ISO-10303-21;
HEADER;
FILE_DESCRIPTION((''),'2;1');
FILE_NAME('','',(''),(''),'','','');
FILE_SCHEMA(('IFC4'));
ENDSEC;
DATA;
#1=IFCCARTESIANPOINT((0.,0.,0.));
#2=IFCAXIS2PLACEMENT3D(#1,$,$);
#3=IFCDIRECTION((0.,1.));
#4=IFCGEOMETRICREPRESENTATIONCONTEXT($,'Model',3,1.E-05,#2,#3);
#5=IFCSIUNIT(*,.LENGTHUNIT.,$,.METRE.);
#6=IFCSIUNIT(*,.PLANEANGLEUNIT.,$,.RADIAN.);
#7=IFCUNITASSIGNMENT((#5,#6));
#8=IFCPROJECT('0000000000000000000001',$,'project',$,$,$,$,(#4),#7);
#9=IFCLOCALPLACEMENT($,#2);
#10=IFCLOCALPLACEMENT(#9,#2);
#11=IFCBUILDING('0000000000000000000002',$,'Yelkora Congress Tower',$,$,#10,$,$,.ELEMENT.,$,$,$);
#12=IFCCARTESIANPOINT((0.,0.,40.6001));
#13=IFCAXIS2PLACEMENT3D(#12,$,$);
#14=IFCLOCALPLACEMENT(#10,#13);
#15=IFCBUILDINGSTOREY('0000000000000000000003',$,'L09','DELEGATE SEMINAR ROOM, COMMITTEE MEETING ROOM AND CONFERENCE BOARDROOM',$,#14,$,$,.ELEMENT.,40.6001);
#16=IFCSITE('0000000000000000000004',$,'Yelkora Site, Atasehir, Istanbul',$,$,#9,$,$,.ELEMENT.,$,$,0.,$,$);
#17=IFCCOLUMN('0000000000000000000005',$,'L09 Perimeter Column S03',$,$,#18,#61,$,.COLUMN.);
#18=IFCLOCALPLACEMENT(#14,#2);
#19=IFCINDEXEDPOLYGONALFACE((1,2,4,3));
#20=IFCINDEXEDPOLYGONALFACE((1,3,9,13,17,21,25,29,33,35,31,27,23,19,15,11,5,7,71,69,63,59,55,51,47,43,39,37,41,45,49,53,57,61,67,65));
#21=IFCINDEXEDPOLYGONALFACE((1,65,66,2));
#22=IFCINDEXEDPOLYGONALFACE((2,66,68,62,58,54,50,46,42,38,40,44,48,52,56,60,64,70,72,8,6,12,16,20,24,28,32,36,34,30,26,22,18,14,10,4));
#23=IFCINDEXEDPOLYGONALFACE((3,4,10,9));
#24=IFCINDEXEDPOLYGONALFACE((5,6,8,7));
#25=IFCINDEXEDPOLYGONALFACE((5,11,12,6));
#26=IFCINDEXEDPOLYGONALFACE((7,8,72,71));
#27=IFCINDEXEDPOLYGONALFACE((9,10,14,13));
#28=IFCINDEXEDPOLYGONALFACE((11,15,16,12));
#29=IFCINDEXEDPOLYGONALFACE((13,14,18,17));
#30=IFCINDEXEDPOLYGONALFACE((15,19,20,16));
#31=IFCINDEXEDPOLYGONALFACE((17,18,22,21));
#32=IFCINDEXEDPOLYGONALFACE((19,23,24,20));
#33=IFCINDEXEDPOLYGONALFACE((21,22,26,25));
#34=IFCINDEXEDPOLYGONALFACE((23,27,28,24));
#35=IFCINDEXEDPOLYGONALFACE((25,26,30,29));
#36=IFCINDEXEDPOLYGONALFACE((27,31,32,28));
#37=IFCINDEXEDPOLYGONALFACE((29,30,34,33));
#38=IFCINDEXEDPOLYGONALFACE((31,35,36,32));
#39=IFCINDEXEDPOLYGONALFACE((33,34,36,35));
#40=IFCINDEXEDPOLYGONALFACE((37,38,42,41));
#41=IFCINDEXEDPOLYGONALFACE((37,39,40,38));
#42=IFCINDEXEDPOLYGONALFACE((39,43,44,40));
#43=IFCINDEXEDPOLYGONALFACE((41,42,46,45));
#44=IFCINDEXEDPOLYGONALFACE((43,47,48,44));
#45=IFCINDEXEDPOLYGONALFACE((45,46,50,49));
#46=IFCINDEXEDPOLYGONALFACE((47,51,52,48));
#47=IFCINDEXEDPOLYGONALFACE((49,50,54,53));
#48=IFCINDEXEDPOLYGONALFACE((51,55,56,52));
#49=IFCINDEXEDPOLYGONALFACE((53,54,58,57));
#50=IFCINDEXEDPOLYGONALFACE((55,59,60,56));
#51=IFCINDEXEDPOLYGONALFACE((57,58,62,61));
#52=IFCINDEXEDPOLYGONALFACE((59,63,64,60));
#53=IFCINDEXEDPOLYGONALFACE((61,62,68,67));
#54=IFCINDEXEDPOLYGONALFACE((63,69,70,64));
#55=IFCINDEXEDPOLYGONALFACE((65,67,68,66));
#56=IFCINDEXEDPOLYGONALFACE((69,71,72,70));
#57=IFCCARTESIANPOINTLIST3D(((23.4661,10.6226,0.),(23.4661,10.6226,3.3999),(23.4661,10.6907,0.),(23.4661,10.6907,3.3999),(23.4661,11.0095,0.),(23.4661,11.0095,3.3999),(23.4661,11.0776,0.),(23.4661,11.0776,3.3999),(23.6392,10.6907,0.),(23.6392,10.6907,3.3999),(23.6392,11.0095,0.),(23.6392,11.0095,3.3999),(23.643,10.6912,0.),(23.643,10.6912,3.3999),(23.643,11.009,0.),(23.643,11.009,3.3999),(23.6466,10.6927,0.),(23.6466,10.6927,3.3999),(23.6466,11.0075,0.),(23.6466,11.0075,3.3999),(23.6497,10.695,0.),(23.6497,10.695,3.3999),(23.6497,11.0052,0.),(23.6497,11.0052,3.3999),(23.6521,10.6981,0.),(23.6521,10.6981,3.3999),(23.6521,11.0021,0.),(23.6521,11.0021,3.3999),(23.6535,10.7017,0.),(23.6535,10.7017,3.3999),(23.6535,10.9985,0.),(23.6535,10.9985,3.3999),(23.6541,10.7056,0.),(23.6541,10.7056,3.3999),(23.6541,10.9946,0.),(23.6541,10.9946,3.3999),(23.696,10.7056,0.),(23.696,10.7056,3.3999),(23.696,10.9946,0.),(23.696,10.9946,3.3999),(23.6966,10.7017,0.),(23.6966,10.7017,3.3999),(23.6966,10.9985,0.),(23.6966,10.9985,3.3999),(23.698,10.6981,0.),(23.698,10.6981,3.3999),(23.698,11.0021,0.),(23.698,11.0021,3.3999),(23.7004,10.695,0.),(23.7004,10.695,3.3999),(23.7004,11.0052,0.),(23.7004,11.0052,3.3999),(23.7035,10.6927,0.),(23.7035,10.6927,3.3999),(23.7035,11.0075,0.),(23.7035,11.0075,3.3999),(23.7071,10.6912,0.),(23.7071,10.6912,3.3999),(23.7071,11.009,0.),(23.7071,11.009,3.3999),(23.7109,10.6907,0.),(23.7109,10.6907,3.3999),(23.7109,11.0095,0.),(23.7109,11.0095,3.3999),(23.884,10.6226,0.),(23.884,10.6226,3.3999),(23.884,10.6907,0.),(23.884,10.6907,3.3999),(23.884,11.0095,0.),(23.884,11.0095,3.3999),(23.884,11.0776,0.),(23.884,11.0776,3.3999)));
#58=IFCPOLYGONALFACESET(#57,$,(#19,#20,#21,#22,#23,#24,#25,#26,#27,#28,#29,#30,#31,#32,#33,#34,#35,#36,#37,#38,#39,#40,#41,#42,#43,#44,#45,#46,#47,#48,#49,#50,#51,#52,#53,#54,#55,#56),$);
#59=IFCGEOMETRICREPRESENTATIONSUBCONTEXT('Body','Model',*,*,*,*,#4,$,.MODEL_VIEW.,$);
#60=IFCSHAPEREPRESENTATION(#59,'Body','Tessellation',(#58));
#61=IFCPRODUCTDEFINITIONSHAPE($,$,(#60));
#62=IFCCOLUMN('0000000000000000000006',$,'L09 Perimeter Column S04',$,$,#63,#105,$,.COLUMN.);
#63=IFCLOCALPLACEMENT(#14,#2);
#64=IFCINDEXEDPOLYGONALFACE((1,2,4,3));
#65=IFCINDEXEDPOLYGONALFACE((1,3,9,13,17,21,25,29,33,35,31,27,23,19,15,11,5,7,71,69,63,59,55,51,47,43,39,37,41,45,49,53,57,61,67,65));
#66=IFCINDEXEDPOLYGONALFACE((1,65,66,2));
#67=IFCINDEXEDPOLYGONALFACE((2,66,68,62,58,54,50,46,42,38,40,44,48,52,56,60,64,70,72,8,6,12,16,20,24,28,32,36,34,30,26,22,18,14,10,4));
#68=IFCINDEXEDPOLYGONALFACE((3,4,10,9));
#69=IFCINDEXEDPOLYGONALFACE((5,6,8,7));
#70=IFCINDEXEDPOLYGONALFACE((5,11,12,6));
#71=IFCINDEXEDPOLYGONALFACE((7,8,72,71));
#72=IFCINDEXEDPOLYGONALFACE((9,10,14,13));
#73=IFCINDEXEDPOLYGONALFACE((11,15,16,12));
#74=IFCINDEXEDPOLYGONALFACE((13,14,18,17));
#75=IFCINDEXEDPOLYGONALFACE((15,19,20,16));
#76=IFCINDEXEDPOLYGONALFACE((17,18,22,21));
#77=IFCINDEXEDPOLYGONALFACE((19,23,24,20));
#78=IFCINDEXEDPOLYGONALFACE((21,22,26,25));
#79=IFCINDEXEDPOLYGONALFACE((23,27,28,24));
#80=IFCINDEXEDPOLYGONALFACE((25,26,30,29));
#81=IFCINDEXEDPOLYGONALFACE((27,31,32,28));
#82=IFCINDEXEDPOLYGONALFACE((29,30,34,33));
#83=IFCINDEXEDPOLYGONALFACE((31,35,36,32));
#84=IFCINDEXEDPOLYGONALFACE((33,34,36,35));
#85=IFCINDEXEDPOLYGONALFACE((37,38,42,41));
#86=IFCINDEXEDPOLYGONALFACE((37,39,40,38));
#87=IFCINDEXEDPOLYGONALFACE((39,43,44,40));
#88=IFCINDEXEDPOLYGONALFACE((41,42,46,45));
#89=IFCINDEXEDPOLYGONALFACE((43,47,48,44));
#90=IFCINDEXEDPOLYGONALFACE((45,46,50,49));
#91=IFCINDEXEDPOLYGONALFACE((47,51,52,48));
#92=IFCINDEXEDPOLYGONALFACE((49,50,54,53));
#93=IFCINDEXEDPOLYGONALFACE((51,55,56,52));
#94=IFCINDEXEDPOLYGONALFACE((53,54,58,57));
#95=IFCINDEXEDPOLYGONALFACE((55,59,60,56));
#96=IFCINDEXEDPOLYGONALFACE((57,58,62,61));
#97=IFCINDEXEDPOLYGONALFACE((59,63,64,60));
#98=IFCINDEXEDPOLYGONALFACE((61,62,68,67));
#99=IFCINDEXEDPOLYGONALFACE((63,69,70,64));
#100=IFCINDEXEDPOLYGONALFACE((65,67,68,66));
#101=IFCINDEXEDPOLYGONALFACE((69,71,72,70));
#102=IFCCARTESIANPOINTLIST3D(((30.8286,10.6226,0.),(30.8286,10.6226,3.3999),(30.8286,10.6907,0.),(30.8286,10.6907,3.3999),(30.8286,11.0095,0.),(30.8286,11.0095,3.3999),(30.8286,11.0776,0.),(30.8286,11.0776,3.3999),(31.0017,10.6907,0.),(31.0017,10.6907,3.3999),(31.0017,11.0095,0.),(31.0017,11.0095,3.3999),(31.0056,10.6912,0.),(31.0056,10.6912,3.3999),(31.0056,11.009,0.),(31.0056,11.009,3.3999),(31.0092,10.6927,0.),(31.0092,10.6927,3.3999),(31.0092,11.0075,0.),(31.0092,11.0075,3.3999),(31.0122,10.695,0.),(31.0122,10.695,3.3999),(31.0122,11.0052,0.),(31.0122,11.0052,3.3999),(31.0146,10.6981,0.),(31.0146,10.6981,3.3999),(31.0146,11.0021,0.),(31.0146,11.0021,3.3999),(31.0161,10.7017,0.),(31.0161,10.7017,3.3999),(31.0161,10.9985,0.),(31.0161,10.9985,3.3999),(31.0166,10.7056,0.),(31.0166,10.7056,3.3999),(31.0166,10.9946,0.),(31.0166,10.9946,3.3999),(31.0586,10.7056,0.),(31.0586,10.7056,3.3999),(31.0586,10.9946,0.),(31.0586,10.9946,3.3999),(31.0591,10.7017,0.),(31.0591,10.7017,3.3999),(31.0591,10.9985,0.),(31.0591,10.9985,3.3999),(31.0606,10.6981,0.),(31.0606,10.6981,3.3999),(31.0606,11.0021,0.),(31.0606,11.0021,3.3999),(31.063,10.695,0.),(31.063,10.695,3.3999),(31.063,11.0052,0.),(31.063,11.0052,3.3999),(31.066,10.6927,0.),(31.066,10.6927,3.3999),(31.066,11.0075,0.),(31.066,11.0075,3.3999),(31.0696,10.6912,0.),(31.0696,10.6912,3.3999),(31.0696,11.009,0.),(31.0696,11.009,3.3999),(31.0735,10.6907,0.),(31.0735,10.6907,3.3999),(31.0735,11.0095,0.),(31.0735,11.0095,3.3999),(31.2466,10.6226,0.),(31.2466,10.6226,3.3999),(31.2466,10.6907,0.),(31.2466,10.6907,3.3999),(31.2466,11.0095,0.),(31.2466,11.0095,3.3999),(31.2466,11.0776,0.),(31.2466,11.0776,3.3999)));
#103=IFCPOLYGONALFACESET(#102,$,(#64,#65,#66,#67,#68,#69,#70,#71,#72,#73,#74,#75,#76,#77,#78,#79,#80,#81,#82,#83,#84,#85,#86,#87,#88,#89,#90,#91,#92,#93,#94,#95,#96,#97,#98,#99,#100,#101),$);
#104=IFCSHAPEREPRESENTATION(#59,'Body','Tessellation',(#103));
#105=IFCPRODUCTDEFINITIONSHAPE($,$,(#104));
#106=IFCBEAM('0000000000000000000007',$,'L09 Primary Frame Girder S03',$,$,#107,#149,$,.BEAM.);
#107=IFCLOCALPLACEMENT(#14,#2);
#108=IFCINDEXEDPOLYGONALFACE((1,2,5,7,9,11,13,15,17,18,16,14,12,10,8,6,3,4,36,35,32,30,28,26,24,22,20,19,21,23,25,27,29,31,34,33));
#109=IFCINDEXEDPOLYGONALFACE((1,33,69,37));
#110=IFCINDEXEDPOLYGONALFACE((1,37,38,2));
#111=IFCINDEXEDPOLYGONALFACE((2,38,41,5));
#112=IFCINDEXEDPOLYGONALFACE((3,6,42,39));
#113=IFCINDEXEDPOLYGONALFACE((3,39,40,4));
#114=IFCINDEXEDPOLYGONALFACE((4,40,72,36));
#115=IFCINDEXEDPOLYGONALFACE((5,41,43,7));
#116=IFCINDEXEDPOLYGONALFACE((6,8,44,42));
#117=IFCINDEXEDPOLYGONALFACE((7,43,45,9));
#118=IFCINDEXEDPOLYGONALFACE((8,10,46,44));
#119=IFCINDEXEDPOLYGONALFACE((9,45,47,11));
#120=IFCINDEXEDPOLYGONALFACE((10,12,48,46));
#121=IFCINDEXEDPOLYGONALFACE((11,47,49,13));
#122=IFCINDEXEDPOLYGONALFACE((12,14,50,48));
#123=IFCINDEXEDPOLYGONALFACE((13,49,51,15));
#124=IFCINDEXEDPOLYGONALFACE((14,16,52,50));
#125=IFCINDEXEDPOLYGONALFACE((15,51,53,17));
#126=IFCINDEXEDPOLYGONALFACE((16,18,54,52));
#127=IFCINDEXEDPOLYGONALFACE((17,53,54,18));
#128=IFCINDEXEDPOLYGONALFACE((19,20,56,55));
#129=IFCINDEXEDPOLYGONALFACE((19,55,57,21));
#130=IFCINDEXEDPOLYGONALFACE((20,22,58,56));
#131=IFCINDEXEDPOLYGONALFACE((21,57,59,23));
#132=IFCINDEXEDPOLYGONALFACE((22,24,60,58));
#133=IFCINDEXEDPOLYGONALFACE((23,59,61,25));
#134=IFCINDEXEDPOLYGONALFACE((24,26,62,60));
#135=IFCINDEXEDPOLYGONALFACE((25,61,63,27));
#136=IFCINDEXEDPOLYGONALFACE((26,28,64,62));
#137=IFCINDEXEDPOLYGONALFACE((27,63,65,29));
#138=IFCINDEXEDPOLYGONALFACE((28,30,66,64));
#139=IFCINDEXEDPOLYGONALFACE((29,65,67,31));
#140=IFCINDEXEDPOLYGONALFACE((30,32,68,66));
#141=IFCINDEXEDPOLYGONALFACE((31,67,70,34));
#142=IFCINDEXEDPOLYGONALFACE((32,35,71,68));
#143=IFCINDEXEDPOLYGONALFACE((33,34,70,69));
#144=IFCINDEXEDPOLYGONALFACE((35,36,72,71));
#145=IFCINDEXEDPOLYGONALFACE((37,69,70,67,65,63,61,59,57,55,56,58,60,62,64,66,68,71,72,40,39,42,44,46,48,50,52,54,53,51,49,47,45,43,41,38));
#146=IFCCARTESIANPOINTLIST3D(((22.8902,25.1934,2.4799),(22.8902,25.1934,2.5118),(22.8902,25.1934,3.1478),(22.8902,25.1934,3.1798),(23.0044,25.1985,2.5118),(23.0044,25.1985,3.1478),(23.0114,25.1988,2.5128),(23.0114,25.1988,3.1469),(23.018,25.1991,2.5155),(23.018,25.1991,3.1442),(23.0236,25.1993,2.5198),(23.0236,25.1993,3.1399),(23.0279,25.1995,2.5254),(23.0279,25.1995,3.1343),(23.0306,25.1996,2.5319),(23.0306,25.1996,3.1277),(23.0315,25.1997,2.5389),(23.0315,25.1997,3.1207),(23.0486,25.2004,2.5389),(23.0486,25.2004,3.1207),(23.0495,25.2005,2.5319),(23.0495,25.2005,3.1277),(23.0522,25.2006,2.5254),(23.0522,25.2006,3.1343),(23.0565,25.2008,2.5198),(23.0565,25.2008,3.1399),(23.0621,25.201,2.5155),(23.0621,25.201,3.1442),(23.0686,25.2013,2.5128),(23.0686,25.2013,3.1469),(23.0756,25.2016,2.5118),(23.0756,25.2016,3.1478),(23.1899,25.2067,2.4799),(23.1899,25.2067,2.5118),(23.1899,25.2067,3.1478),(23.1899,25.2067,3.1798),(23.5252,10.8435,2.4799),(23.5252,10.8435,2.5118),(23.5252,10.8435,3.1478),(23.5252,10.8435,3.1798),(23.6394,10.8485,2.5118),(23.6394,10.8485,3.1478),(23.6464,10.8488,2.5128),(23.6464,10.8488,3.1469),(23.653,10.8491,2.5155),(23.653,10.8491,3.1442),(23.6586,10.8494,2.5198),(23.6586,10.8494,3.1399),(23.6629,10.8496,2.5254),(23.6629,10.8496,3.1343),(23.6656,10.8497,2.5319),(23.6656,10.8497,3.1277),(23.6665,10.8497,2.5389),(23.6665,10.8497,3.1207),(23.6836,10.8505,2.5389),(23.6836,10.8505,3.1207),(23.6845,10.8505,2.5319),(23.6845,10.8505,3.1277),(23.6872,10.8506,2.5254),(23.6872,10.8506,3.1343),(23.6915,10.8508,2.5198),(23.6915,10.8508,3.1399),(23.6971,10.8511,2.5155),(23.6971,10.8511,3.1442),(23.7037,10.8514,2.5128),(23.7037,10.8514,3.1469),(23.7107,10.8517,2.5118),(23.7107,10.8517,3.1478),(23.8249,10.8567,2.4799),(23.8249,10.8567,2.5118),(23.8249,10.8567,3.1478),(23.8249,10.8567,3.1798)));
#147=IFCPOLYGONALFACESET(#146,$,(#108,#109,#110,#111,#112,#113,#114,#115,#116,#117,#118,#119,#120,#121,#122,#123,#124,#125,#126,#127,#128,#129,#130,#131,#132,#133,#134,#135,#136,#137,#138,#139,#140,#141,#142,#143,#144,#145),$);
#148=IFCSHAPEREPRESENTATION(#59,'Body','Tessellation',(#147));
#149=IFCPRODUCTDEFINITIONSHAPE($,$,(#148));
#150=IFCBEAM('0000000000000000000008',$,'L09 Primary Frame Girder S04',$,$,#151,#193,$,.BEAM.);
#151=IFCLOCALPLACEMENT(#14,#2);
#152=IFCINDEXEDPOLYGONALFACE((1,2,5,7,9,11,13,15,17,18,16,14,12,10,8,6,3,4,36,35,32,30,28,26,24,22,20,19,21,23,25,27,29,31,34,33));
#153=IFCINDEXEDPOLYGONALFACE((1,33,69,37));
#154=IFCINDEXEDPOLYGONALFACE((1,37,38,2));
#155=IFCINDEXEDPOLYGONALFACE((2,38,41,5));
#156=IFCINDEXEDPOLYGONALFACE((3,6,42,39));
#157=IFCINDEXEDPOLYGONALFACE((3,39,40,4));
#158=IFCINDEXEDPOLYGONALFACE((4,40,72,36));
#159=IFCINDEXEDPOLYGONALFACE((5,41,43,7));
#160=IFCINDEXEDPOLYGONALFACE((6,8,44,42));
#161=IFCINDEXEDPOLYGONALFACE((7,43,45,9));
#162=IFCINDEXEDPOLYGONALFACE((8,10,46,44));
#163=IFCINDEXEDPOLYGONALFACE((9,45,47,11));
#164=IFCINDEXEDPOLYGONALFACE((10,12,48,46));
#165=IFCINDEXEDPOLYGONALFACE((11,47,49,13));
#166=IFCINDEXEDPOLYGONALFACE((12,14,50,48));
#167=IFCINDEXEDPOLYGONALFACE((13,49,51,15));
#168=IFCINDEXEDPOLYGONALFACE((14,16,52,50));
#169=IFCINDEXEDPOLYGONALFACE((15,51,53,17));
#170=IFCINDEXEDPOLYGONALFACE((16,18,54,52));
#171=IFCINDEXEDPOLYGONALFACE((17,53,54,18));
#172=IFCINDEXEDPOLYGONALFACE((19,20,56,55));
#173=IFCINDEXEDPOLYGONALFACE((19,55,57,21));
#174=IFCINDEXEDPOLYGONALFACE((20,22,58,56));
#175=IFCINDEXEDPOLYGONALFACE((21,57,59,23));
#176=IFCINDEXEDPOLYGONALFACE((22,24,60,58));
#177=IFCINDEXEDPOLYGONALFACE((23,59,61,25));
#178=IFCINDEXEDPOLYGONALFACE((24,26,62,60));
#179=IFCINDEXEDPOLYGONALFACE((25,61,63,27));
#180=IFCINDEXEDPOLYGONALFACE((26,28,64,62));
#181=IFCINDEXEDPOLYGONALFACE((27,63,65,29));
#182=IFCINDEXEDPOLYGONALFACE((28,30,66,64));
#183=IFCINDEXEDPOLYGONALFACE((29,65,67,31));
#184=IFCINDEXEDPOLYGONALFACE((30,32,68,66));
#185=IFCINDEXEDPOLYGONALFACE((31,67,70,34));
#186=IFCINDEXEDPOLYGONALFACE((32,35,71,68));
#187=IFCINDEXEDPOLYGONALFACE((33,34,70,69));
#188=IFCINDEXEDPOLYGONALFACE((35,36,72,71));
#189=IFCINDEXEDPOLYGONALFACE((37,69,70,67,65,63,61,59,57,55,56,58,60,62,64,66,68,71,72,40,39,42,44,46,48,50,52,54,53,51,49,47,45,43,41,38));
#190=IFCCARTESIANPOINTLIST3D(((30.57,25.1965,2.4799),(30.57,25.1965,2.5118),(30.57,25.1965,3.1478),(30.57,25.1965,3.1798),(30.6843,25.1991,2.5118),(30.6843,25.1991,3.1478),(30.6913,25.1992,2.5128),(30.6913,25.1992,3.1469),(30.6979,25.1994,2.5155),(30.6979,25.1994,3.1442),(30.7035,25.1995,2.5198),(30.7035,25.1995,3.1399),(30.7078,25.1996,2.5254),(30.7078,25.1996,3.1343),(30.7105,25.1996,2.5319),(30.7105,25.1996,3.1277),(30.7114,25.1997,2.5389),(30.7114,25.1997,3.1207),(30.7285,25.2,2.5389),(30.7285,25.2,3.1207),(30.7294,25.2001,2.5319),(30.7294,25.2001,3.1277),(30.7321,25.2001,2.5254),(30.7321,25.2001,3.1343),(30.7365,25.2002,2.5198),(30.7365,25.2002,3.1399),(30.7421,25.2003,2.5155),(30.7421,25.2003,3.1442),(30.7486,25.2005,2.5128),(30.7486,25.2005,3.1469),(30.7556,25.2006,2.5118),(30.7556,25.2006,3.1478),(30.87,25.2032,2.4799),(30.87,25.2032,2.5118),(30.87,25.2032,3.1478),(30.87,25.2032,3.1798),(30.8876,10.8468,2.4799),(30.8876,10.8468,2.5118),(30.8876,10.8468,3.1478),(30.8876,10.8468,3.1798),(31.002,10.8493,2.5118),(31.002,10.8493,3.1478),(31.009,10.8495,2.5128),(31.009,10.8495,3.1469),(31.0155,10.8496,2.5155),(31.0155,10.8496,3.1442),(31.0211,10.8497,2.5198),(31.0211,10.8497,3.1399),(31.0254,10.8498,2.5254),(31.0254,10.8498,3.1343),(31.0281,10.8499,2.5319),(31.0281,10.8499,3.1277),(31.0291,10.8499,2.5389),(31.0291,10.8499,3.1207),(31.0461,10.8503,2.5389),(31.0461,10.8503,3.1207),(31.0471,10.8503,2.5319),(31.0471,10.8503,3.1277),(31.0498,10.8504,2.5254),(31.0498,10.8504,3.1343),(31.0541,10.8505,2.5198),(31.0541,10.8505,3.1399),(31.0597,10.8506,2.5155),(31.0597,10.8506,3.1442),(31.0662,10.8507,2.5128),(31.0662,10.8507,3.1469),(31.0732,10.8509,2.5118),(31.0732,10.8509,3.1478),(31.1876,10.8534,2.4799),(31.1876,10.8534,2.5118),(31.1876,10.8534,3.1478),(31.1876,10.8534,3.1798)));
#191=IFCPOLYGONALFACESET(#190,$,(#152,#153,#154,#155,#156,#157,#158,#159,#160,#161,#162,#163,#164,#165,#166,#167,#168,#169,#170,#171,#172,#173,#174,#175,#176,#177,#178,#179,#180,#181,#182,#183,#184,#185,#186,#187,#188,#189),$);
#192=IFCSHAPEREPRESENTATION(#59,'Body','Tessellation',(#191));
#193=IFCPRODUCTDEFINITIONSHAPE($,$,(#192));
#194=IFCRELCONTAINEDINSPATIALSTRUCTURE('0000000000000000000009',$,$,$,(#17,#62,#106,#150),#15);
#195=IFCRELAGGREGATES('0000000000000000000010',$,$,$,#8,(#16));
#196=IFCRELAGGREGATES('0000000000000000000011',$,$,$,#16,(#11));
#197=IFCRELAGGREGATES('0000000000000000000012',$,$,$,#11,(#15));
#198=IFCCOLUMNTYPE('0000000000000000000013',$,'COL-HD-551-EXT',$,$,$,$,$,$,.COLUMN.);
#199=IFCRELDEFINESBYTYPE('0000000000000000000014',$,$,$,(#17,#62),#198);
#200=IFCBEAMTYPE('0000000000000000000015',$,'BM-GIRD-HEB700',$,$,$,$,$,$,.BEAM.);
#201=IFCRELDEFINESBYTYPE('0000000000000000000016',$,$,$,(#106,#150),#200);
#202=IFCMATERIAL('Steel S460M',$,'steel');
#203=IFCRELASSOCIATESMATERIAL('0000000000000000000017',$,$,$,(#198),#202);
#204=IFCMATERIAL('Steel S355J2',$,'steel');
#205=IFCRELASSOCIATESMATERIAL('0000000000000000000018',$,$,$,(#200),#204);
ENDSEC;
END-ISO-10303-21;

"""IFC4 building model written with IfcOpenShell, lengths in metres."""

from ifc_helpers import new_model, si_unit, direction, frame, origin, origin_2d, place, context, subcontext, project, spatial, i_section, extrude, material, material_profile, profile_set, type_object, element, save


model = new_model("IFC4")

# Units and contexts
model_context = context("Model", 3, precision=1e-05, world=origin(), true_north=direction((0.0, 1.0)))
body_context = subcontext(model_context, "Body", "Model", "MODEL_VIEW")
ifc_project = project(units=[si_unit("LENGTHUNIT", "METRE"), si_unit("PLANEANGLEUNIT", "RADIAN")], contexts=[model_context])

# Site, building, storey
site_placement = place(None, origin())
site = spatial("IfcSite", under=ifc_project, at=site_placement, Name="Yelkora Site, Atasehir, Istanbul", CompositionType="ELEMENT", RefElevation=0.0)
building_placement = place(site_placement, origin())
building = spatial("IfcBuilding", under=site, at=building_placement, Name="Yelkora Congress Tower", CompositionType="ELEMENT")
storey_placement = place(building_placement, frame((0.0, 0.0, 40.6001)))
storey = spatial("IfcBuildingStorey", under=building, at=storey_placement, Name="L09", Description="DELEGATE SEMINAR ROOM, COMMITTEE MEETING ROOM AND CONFERENCE BOARDROOM", CompositionType="ELEMENT", Elevation=40.6001)

# Columns
ifc_material_1 = material(Name="Steel S460M", Category="steel")
ifc_material_profile_1 = material_profile(ifc_material_1, i_section(OverallWidth=0.418, OverallDepth=0.4551, WebThickness=0.042, FlangeThickness=0.0681, FilletRadius=0.0149, at=origin_2d()), Name="HD 400x551")
ifc_profile_set_1 = profile_set([ifc_material_profile_1], Name="Steel S460M")
column_type = type_object("IfcColumnType", Name="COL-HD-551-EXT", PredefinedType="COLUMN", material=ifc_profile_set_1)
for number, where, z_axis, x_axis, name in (
    (1, (23.675, 10.8501, 0.0), (0.0, 0.0, 1.0), (1.0, 0.0, 0.0), "L09 Perimeter Column S03"),
    (2, (31.0376, 10.8501, 0.0), (0.0, 0.0, 1.0), (1.0, 0.0, 0.0), "L09 Perimeter Column S04"),
):
    element("IfcColumn", number, at=place(storey_placement, frame(where, z_axis=z_axis, x_axis=x_axis)), inside=storey, type_object=column_type, Name=name, PredefinedType="COLUMN", context=body_context, shape_type="SweptSolid", body=[
        extrude(i_section(OverallWidth=0.418, OverallDepth=0.4551, WebThickness=0.042, FlangeThickness=0.0681, FilletRadius=0.0149, at=origin_2d()), origin(), (0.0, 0.0, 1.0), 3.3999),
    ])

# Beams
ifc_material_2 = material(Name="Steel S355J2", Category="steel")
ifc_material_profile_2 = material_profile(ifc_material_2, i_section(OverallWidth=0.3, OverallDepth=0.7, WebThickness=0.0171, FlangeThickness=0.032, FilletRadius=0.0271, at=origin_2d()), Name="HEB 700")
ifc_profile_set_2 = profile_set([ifc_material_profile_2], Name="Steel S355J2")
beam_type_1 = type_object("IfcBeamType", Name="BM-GIRD-HEB700", PredefinedType="BEAM", material=ifc_profile_set_2)
beam_1_placement = place(storey_placement, frame((23.675, 10.8501, 2.8298), z_axis=(-0.044209, 0.999022, 0.0), x_axis=(-0.999022, -0.044209, 0.0)))
element("IfcBeam", 3, at=beam_1_placement, inside=storey, type_object=beam_type_1, Name="L09 Primary Frame Girder S03", PredefinedType="BEAM", context=body_context, shape_type="SweptSolid", body=[
    extrude(i_section(OverallWidth=0.3, OverallDepth=0.7, WebThickness=0.0171, FlangeThickness=0.032, FilletRadius=0.0271, at=origin_2d()), origin(), (0.0, 0.0, 1.0), 14.364),
])
beam_2_placement = place(storey_placement, frame((31.0376, 10.8501, 2.8298), z_axis=(-0.022129, 0.999755, 0.0), x_axis=(-0.999755, -0.022129, 0.0)))
element("IfcBeam", 4, at=beam_2_placement, inside=storey, type_object=beam_type_1, Name="L09 Primary Frame Girder S04", PredefinedType="BEAM", context=body_context, shape_type="SweptSolid", body=[
    extrude(i_section(OverallWidth=0.3, OverallDepth=0.7, WebThickness=0.0171, FlangeThickness=0.032, FilletRadius=0.0271, at=origin_2d()), origin(), (0.0, 0.0, 1.0), 14.3533),
])

save(model, "model.ifc")
